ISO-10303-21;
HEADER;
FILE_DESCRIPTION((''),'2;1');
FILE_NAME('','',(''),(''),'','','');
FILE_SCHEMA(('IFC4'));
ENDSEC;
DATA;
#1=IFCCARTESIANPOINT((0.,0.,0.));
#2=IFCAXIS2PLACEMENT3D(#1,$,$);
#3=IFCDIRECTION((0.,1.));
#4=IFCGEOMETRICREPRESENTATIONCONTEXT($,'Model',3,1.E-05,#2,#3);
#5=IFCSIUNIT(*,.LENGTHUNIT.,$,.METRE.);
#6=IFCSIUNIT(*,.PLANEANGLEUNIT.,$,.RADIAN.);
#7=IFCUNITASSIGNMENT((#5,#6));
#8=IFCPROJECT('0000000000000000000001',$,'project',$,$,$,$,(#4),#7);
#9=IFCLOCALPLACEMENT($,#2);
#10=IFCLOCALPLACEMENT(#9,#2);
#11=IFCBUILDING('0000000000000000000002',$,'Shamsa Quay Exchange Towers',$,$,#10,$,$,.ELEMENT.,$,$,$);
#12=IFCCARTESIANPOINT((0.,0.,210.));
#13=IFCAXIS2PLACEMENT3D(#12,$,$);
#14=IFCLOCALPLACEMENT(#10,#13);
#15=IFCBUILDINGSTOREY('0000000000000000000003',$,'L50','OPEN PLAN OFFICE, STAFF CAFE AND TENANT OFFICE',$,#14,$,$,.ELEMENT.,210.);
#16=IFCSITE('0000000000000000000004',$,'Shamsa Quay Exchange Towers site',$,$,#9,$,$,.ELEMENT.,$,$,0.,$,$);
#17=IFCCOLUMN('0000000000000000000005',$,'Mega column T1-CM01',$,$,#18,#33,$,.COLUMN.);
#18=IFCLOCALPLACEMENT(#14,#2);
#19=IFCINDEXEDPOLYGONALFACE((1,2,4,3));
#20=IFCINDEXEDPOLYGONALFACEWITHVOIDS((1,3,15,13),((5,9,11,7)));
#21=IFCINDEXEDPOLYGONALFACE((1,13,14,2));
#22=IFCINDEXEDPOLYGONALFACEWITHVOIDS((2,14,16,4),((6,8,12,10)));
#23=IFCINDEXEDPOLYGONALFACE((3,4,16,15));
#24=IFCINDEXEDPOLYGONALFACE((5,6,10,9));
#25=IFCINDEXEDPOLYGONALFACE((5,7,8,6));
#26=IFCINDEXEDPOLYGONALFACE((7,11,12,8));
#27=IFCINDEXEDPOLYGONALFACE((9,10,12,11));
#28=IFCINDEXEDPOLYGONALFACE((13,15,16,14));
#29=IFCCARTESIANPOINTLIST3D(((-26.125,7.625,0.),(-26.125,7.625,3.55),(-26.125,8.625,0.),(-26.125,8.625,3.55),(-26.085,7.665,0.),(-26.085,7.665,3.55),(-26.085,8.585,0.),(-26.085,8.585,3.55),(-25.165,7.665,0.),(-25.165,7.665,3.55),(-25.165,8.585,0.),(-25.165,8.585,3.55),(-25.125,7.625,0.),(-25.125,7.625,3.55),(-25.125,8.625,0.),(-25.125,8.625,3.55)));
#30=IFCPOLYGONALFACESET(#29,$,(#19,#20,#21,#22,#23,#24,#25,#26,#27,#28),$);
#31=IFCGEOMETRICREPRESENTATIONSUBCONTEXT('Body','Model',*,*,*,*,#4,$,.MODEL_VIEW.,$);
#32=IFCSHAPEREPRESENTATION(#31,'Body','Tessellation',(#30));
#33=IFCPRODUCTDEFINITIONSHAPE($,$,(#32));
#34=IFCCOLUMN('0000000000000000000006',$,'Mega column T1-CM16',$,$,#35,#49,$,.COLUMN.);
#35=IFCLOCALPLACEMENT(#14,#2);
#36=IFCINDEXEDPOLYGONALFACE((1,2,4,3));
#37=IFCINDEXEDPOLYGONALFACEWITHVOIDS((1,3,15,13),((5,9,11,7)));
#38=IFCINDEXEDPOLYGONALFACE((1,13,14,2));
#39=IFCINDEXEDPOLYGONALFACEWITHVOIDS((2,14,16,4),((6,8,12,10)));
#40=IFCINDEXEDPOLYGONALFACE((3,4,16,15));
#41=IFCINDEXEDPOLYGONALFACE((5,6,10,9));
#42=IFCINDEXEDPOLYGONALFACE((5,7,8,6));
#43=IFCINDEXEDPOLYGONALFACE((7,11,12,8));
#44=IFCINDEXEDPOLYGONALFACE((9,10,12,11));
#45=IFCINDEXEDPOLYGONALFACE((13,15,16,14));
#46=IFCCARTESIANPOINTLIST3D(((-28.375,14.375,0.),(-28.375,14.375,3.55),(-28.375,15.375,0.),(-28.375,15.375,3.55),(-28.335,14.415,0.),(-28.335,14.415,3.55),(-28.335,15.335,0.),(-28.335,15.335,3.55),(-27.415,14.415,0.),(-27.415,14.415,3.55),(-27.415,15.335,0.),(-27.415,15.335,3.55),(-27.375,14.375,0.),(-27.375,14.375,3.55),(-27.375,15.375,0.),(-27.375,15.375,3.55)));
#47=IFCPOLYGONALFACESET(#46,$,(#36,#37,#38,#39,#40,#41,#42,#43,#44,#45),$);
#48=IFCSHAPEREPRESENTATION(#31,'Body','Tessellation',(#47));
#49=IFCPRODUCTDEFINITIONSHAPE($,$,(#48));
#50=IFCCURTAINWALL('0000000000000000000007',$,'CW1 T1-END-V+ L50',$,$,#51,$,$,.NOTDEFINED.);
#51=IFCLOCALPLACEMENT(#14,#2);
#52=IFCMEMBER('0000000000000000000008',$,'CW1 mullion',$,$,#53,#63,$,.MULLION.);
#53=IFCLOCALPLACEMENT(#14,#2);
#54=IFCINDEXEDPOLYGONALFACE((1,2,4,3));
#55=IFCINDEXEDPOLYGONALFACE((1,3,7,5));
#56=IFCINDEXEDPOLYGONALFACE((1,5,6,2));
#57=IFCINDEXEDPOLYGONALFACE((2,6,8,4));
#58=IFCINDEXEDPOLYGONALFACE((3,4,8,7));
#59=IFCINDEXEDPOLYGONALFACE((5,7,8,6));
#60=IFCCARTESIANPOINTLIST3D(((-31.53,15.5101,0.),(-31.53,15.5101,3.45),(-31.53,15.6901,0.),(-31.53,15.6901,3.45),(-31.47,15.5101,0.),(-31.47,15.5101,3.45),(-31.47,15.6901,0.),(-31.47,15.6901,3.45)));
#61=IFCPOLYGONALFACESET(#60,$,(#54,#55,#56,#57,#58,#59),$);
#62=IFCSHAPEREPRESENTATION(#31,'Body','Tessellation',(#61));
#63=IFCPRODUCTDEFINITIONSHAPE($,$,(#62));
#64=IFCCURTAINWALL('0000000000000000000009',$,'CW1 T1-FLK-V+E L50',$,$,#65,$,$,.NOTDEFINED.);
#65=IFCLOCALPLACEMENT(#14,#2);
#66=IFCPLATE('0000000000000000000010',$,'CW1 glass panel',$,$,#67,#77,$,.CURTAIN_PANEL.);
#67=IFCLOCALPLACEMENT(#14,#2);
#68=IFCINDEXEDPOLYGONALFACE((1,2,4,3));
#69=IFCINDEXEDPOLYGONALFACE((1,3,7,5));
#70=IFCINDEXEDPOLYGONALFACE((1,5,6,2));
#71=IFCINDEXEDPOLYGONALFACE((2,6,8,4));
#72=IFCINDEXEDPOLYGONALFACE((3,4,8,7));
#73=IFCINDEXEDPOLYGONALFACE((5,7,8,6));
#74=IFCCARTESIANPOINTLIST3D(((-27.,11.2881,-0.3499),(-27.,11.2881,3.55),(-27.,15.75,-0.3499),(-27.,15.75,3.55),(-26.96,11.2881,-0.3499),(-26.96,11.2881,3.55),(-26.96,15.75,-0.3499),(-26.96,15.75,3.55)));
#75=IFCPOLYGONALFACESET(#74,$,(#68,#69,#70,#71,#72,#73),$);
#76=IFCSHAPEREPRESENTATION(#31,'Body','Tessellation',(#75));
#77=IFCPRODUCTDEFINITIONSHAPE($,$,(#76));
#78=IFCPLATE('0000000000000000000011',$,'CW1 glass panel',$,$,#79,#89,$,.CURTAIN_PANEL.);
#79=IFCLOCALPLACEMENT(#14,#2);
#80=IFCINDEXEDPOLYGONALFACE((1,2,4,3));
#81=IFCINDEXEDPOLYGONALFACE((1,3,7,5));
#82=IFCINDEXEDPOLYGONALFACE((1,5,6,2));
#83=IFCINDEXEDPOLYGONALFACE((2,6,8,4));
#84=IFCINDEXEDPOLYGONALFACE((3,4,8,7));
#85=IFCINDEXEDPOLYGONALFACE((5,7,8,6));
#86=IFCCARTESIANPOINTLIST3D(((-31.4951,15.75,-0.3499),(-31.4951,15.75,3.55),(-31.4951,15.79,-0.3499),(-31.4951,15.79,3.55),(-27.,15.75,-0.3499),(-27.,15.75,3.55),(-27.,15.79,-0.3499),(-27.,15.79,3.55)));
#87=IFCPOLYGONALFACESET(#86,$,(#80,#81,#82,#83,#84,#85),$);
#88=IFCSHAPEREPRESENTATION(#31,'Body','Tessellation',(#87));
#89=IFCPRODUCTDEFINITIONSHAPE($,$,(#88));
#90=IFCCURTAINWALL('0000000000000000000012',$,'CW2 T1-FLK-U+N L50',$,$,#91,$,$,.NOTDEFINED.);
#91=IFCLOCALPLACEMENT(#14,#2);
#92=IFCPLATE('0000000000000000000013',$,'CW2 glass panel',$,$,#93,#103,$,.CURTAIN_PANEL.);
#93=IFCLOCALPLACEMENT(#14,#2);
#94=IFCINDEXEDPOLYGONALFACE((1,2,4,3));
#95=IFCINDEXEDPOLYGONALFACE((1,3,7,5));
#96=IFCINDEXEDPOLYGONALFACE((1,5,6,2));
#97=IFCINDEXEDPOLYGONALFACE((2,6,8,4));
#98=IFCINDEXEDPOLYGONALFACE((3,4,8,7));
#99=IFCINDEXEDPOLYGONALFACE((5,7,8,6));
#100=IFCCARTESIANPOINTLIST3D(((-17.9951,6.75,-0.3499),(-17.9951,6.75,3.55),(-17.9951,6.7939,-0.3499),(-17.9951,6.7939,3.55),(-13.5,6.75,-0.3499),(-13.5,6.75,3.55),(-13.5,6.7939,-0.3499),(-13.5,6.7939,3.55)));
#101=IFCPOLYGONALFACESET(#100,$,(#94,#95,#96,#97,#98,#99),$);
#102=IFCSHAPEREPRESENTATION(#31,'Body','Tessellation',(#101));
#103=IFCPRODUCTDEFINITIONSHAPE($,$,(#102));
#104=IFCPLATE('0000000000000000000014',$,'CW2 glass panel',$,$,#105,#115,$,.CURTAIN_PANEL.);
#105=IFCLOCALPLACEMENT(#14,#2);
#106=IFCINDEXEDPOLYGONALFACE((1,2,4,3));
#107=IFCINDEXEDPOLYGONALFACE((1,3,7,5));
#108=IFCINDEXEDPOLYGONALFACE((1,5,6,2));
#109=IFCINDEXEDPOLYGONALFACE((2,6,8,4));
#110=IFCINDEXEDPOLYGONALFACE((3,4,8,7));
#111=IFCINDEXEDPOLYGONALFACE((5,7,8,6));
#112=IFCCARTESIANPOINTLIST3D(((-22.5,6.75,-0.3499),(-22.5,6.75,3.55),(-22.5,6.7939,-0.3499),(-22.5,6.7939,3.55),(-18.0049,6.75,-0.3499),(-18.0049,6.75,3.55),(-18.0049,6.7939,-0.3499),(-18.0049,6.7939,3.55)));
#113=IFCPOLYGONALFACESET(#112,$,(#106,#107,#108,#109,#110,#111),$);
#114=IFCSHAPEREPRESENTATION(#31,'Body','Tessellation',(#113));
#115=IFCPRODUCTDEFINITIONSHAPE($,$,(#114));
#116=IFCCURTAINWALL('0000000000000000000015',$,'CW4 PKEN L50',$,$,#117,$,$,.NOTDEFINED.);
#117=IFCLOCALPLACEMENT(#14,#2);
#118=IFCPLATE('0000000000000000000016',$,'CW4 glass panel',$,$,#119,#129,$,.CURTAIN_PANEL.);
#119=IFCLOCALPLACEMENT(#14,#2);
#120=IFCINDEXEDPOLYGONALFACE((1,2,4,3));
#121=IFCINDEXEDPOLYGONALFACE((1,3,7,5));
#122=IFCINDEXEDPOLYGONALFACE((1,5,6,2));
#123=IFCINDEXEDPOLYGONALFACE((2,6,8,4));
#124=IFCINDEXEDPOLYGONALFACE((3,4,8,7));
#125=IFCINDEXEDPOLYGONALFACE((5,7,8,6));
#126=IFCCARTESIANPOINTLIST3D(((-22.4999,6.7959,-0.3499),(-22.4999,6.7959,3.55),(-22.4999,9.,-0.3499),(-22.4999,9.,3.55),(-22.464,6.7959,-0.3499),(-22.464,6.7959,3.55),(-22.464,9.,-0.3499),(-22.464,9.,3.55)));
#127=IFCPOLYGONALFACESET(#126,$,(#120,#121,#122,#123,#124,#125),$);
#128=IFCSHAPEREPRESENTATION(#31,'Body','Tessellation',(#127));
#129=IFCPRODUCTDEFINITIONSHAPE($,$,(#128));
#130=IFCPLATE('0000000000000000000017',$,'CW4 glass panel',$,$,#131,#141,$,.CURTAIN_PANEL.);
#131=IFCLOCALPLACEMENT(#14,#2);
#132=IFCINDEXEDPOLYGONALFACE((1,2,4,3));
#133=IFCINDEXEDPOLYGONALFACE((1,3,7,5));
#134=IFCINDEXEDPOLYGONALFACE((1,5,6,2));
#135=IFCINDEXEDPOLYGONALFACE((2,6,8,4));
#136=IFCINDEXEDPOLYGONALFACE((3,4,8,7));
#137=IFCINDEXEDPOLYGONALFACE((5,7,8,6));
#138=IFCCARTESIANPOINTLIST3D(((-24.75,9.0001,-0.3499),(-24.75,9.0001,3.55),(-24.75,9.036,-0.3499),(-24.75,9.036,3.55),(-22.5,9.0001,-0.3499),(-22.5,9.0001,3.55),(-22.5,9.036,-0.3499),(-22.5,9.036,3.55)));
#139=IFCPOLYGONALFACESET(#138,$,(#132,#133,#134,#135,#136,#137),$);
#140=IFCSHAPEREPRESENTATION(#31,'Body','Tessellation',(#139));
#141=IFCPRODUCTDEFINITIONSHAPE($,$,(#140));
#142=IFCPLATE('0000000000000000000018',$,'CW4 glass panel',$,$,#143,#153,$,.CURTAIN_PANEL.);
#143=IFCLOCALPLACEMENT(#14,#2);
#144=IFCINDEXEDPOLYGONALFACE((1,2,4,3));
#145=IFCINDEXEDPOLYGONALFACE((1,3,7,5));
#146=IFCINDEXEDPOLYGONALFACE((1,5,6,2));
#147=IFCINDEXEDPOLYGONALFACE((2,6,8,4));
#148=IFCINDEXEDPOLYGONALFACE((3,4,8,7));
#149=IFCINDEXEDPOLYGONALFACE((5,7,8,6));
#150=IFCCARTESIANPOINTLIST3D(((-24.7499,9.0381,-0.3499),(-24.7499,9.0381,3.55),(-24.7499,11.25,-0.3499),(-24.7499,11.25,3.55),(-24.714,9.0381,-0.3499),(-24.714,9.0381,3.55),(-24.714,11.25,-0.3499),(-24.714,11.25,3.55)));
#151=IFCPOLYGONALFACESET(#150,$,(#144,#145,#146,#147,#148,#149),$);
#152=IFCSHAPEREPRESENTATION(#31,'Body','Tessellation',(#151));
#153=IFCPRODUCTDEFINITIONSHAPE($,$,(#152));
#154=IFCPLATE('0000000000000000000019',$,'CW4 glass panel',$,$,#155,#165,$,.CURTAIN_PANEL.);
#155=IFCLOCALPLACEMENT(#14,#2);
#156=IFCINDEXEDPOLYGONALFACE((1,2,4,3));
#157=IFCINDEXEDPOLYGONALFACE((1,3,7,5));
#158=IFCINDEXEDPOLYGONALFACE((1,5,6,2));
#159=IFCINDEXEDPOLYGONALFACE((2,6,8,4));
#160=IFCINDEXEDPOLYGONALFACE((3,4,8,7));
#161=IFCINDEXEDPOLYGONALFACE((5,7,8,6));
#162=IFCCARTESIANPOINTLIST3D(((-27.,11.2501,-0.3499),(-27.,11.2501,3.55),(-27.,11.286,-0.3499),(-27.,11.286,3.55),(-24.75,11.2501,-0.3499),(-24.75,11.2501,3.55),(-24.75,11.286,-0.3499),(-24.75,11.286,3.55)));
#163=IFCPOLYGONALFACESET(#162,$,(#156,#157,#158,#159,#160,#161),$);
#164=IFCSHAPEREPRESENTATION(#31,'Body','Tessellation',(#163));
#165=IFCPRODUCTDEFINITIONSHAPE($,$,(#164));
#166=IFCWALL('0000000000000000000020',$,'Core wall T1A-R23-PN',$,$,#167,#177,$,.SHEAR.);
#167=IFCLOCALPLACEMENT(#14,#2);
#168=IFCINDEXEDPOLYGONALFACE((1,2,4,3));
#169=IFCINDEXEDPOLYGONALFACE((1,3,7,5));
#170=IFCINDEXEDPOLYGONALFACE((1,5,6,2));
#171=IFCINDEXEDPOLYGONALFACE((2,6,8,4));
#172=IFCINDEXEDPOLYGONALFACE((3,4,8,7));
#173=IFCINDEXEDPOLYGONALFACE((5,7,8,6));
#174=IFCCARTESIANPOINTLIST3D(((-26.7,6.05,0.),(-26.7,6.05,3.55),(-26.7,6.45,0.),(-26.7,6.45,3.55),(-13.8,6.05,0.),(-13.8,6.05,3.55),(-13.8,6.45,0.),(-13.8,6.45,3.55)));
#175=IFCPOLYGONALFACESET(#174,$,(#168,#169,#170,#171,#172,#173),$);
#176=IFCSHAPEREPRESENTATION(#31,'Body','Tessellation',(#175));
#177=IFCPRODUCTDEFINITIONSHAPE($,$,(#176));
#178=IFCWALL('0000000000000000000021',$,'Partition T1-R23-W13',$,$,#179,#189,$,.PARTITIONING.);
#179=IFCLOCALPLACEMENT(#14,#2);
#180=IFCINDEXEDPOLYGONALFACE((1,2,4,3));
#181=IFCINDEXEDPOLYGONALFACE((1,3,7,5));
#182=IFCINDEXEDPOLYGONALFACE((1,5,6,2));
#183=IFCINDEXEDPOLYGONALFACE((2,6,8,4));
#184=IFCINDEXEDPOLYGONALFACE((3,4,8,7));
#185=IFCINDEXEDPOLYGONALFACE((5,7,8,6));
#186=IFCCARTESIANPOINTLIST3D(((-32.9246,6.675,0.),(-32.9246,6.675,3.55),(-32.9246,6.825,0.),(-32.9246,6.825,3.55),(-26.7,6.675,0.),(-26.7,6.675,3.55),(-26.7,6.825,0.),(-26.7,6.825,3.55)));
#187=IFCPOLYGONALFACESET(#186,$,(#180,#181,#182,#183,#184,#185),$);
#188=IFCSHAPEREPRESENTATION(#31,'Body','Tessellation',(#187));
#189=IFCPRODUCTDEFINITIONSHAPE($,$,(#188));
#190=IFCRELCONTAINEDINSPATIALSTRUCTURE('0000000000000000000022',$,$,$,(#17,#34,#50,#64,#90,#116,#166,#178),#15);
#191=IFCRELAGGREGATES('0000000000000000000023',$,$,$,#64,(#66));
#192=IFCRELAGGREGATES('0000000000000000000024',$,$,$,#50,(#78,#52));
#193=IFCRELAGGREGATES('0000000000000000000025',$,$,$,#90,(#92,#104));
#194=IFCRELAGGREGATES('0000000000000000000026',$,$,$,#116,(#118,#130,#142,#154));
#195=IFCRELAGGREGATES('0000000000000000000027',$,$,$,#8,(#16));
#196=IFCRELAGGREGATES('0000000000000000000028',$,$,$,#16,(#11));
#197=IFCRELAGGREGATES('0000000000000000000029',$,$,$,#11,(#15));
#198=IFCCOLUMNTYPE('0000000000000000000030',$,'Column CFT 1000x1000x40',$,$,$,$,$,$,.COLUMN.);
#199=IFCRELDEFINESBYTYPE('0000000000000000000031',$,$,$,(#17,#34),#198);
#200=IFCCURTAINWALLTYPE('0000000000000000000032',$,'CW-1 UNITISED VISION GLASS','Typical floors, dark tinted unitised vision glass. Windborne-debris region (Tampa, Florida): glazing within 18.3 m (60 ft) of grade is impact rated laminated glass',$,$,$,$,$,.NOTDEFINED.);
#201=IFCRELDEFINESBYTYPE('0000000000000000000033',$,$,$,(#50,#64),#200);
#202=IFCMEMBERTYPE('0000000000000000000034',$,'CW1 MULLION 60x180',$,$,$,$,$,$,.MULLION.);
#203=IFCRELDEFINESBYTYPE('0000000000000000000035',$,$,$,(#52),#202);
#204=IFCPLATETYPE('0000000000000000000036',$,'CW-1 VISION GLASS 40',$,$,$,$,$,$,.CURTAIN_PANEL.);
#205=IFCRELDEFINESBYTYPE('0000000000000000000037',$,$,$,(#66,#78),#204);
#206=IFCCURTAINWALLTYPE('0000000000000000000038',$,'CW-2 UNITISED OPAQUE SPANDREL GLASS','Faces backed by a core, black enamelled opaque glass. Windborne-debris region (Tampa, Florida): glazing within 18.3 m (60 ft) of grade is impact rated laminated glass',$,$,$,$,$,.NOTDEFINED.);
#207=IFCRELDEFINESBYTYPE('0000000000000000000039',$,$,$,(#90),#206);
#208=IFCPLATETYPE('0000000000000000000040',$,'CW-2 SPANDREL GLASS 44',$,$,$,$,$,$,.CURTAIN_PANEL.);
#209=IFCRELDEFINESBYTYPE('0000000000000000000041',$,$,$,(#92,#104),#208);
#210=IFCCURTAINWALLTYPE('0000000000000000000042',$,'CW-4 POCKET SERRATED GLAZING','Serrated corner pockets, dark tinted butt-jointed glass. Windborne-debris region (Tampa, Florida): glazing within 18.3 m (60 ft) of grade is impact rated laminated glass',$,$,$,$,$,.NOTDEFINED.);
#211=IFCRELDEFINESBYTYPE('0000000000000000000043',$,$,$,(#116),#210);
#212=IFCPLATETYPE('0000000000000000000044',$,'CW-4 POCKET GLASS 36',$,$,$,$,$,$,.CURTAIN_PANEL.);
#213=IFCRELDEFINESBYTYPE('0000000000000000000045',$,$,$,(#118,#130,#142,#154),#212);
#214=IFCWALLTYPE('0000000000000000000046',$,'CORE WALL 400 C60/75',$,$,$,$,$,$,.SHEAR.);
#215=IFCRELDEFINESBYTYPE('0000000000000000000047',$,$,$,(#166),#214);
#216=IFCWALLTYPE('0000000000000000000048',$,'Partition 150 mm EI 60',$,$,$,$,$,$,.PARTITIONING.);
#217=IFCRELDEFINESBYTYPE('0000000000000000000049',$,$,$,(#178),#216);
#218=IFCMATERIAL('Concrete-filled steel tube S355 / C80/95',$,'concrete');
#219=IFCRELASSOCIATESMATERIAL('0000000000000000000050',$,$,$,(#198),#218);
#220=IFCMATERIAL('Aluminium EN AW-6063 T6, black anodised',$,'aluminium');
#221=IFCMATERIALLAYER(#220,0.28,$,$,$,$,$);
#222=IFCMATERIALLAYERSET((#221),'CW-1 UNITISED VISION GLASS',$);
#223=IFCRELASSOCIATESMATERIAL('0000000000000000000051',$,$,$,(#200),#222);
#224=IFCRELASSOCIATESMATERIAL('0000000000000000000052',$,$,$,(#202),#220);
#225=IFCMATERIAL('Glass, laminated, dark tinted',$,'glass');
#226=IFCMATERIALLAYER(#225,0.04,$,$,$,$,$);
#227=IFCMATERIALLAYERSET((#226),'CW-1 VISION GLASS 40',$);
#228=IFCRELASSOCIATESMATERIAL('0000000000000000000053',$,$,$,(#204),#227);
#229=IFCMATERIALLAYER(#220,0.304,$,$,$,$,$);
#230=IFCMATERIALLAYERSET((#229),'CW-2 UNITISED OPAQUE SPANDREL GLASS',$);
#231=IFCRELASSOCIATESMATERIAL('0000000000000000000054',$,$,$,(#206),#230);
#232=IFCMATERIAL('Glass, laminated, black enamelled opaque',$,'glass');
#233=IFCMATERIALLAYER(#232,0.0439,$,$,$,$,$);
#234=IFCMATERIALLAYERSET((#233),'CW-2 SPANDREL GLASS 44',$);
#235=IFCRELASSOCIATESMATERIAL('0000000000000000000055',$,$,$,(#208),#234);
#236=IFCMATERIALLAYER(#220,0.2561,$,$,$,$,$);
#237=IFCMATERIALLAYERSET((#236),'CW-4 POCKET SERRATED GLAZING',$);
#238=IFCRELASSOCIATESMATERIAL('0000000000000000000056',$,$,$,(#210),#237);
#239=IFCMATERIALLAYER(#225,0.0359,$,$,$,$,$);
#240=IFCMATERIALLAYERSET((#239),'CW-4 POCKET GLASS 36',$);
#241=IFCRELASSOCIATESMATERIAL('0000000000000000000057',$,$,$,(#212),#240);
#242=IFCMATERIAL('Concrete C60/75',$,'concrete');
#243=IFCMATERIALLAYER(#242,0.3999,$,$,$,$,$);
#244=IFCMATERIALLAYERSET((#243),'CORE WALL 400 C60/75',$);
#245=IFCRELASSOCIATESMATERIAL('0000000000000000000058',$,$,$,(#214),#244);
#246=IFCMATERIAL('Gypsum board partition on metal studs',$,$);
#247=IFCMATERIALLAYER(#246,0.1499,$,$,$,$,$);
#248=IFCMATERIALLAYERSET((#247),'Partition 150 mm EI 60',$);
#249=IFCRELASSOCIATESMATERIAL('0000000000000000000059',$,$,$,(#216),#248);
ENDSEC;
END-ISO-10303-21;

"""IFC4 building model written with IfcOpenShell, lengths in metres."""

from ifc_helpers import new_model, si_unit, direction, frame, frame_2d, origin, origin_2d, place, context, subcontext, project, spatial, rectangle, hollow_rectangle, extrude, material, layer, layer_set, material_profile, profile_set, type_object, element, aggregate, save


model = new_model("IFC4")

# Units and contexts
model_context = context("Model", 3, precision=1e-05, world=origin(), true_north=direction((0.0, 1.0)))
body_context = subcontext(model_context, "Body", "Model", "MODEL_VIEW")
ifc_project = project(units=[si_unit("LENGTHUNIT", "METRE"), si_unit("PLANEANGLEUNIT", "RADIAN")], contexts=[model_context])

# Site, building, storey
site_placement = place(None, origin())
site = spatial("IfcSite", under=ifc_project, at=site_placement, Name="Shamsa Quay Exchange Towers site", CompositionType="ELEMENT", RefElevation=0.0)
building_placement = place(site_placement, origin())
building = spatial("IfcBuilding", under=site, at=building_placement, Name="Shamsa Quay Exchange Towers", CompositionType="ELEMENT")
storey_placement = place(building_placement, frame((0.0, 0.0, 210.0)))
storey = spatial("IfcBuildingStorey", under=building, at=storey_placement, Name="L50", Description="OPEN PLAN OFFICE, STAFF CAFE AND TENANT OFFICE", CompositionType="ELEMENT", Elevation=210.0)

# Columns
ifc_material_1 = material(Name="Concrete-filled steel tube S355 / C80/95", Category="concrete")
ifc_material_profile_1 = material_profile(ifc_material_1, hollow_rectangle(XDim=1.0, YDim=1.0, WallThickness=0.04, at=origin_2d()), Name="CFT 1000x1000x40")
ifc_profile_set_1 = profile_set([ifc_material_profile_1], Name="Concrete-filled steel tube S355 / C80/95")
column_type = type_object("IfcColumnType", Name="Column CFT 1000x1000x40", PredefinedType="COLUMN", material=ifc_profile_set_1)
for number, where, name in (
    (1, (-25.625, 8.125, 0.0), "Mega column T1-CM01"),
    (2, (-27.875, 14.875, 0.0), "Mega column T1-CM16"),
):
    element("IfcColumn", number, at=place(storey_placement, frame(where)), inside=storey, type_object=column_type, Name=name, PredefinedType="COLUMN", context=body_context, shape_type="SweptSolid", body=[
        extrude(hollow_rectangle(XDim=1.0, YDim=1.0, WallThickness=0.04, at=origin_2d()), origin(), (0.0, 0.0, 1.0), 3.55),
    ])

# Curtain wall, member
ifc_material_2 = material(Name="Aluminium EN AW-6063 T6, black anodised", Category="aluminium")
ifc_layer_1 = layer(ifc_material_2, 0.28)
ifc_layer_set_1 = layer_set([ifc_layer_1], Name="CW-1 UNITISED VISION GLASS")
curtain_wall_type_1 = type_object("IfcCurtainWallType", Name="CW-1 UNITISED VISION GLASS", Description="Typical floors, dark tinted unitised vision glass. Windborne-debris region (Tampa, Florida): glazing within 18.3 m (60 ft) of grade is impact rated laminated glass", PredefinedType="NOTDEFINED", material=ifc_layer_set_1)
curtain_wall_1_placement = place(storey_placement, origin())
curtain_wall_1 = element("IfcCurtainWall", 3, at=curtain_wall_1_placement, inside=storey, type_object=curtain_wall_type_1, Name="CW1 T1-END-V+ L50", PredefinedType="NOTDEFINED")
ifc_material_profile_2 = material_profile(ifc_material_2, rectangle(XDim=0.1799, YDim=0.0601, at=origin_2d()), Name="MU60x180")
ifc_profile_set_2 = profile_set([ifc_material_profile_2], Name="Aluminium EN AW-6063 T6, black anodised")
member_type = type_object("IfcMemberType", Name="CW1 MULLION 60x180", PredefinedType="MULLION", material=ifc_profile_set_2)
member_placement = place(storey_placement, frame((-31.5, 15.6001, 0.0), z_axis=(0.0, 0.0, 1.0), x_axis=(0.0, -1.0, 0.0)))
member = element("IfcMember", 4, at=member_placement, type_object=member_type, Name="CW1 mullion", PredefinedType="MULLION", context=body_context, shape_type="SweptSolid", body=[
    extrude(rectangle(XDim=0.1799, YDim=0.0601, at=origin_2d()), origin(), (0.0, 0.0, 1.0), 3.45),
])

# Curtain wall, plate
curtain_wall_2_placement = place(storey_placement, origin())
curtain_wall_2 = element("IfcCurtainWall", 5, at=curtain_wall_2_placement, inside=storey, type_object=curtain_wall_type_1, Name="CW1 T1-FLK-V+E L50", PredefinedType="NOTDEFINED")
ifc_material_3 = material(Name="Glass, laminated, dark tinted", Category="glass")
ifc_layer_2 = layer(ifc_material_3, 0.04)
ifc_layer_set_2 = layer_set([ifc_layer_2], Name="CW-1 VISION GLASS 40")
plate_type_1 = type_object("IfcPlateType", Name="CW-1 VISION GLASS 40", PredefinedType="CURTAIN_PANEL", material=ifc_layer_set_2)
plate_1_placement = place(storey_placement, frame((-26.98, 13.519, -0.3499), z_axis=(0.0, 0.0, 1.0), x_axis=(0.0, 1.0, 0.0)))
plate_1 = element("IfcPlate", 6, at=plate_1_placement, type_object=plate_type_1, Name="CW1 glass panel", PredefinedType="CURTAIN_PANEL", context=body_context, shape_type="SweptSolid", body=[
    extrude(rectangle(XDim=4.4619, YDim=0.04, at=origin_2d()), origin(), (0.0, 0.0, 1.0), 3.8999),
])
aggregate(curtain_wall_2, [plate_1])

# Plate
plate_2_placement = place(storey_placement, frame((-29.2476, 15.77, -0.3499), z_axis=(0.0, 0.0, 1.0), x_axis=(-1.0, 0.0, 0.0)))
plate_2 = element("IfcPlate", 7, at=plate_2_placement, type_object=plate_type_1, Name="CW1 glass panel", PredefinedType="CURTAIN_PANEL", context=body_context, shape_type="SweptSolid", body=[
    extrude(rectangle(XDim=4.4951, YDim=0.04, at=origin_2d()), origin(), (0.0, 0.0, 1.0), 3.8999),
])
aggregate(curtain_wall_1, [plate_2, member])

# Curtain walls, plates
ifc_layer_3 = layer(ifc_material_2, 0.304)
ifc_layer_set_3 = layer_set([ifc_layer_3], Name="CW-2 UNITISED OPAQUE SPANDREL GLASS")
curtain_wall_type_2 = type_object("IfcCurtainWallType", Name="CW-2 UNITISED OPAQUE SPANDREL GLASS", Description="Faces backed by a core, black enamelled opaque glass. Windborne-debris region (Tampa, Florida): glazing within 18.3 m (60 ft) of grade is impact rated laminated glass", PredefinedType="NOTDEFINED", material=ifc_layer_set_3)
curtain_wall_3_placement = place(storey_placement, origin())
curtain_wall_3 = element("IfcCurtainWall", 8, at=curtain_wall_3_placement, inside=storey, type_object=curtain_wall_type_2, Name="CW2 T1-FLK-U+N L50", PredefinedType="NOTDEFINED")
ifc_material_4 = material(Name="Glass, laminated, black enamelled opaque", Category="glass")
ifc_layer_4 = layer(ifc_material_4, 0.0439)
ifc_layer_set_4 = layer_set([ifc_layer_4], Name="CW-2 SPANDREL GLASS 44")
plate_type_2 = type_object("IfcPlateType", Name="CW-2 SPANDREL GLASS 44", PredefinedType="CURTAIN_PANEL", material=ifc_layer_set_4)
plate_3_placement = place(storey_placement, frame((-15.7476, 6.772, -0.3499), z_axis=(0.0, 0.0, 1.0), x_axis=(-1.0, 0.0, 0.0)))
plate_3 = element("IfcPlate", 9, at=plate_3_placement, type_object=plate_type_2, Name="CW2 glass panel", PredefinedType="CURTAIN_PANEL", context=body_context, shape_type="SweptSolid", body=[
    extrude(rectangle(XDim=4.4951, YDim=0.0439, at=origin_2d()), origin(), (0.0, 0.0, 1.0), 3.8999),
])
plate_4_placement = place(storey_placement, frame((-20.2524, 6.772, -0.3499), z_axis=(0.0, 0.0, 1.0), x_axis=(-1.0, 0.0, 0.0)))
plate_4 = element("IfcPlate", 10, at=plate_4_placement, type_object=plate_type_2, Name="CW2 glass panel", PredefinedType="CURTAIN_PANEL", context=body_context, shape_type="SweptSolid", body=[
    extrude(rectangle(XDim=4.4951, YDim=0.0439, at=origin_2d()), origin(), (0.0, 0.0, 1.0), 3.8999),
])
aggregate(curtain_wall_3, [plate_3, plate_4])
ifc_layer_5 = layer(ifc_material_2, 0.2561)
ifc_layer_set_5 = layer_set([ifc_layer_5], Name="CW-4 POCKET SERRATED GLAZING")
curtain_wall_type_3 = type_object("IfcCurtainWallType", Name="CW-4 POCKET SERRATED GLAZING", Description="Serrated corner pockets, dark tinted butt-jointed glass. Windborne-debris region (Tampa, Florida): glazing within 18.3 m (60 ft) of grade is impact rated laminated glass", PredefinedType="NOTDEFINED", material=ifc_layer_set_5)
curtain_wall_4_placement = place(storey_placement, origin())
curtain_wall_4 = element("IfcCurtainWall", 11, at=curtain_wall_4_placement, inside=storey, type_object=curtain_wall_type_3, Name="CW4 PKEN L50", PredefinedType="NOTDEFINED")
ifc_layer_6 = layer(ifc_material_3, 0.0359)
ifc_layer_set_6 = layer_set([ifc_layer_6], Name="CW-4 POCKET GLASS 36")
plate_type_3 = type_object("IfcPlateType", Name="CW-4 POCKET GLASS 36", PredefinedType="CURTAIN_PANEL", material=ifc_layer_set_6)
plate_5_placement = place(storey_placement, frame((-22.4819, 7.8979, -0.3499), z_axis=(0.0, 0.0, 1.0), x_axis=(0.0, 1.0, 0.0)))
plate_5 = element("IfcPlate", 12, at=plate_5_placement, type_object=plate_type_3, Name="CW4 glass panel", PredefinedType="CURTAIN_PANEL", context=body_context, shape_type="SweptSolid", body=[
    extrude(rectangle(XDim=2.2041, YDim=0.0359, at=origin_2d()), origin(), (0.0, 0.0, 1.0), 3.8999),
])
plate_6_placement = place(storey_placement, frame((-23.625, 9.0181, -0.3499), z_axis=(0.0, 0.0, 1.0), x_axis=(-1.0, 0.0, 0.0)))
plate_6 = element("IfcPlate", 13, at=plate_6_placement, type_object=plate_type_3, Name="CW4 glass panel", PredefinedType="CURTAIN_PANEL", context=body_context, shape_type="SweptSolid", body=[
    extrude(rectangle(XDim=2.25, YDim=0.0359, at=origin_2d()), origin(), (0.0, 0.0, 1.0), 3.8999),
])
plate_7_placement = place(storey_placement, frame((-24.7319, 10.144, -0.3499), z_axis=(0.0, 0.0, 1.0), x_axis=(0.0, 1.0, 0.0)))
plate_7 = element("IfcPlate", 14, at=plate_7_placement, type_object=plate_type_3, Name="CW4 glass panel", PredefinedType="CURTAIN_PANEL", context=body_context, shape_type="SweptSolid", body=[
    extrude(rectangle(XDim=2.2119, YDim=0.0359, at=origin_2d()), origin(), (0.0, 0.0, 1.0), 3.8999),
])
plate_8_placement = place(storey_placement, frame((-25.875, 11.2681, -0.3499), z_axis=(0.0, 0.0, 1.0), x_axis=(-1.0, 0.0, 0.0)))
plate_8 = element("IfcPlate", 15, at=plate_8_placement, type_object=plate_type_3, Name="CW4 glass panel", PredefinedType="CURTAIN_PANEL", context=body_context, shape_type="SweptSolid", body=[
    extrude(rectangle(XDim=2.25, YDim=0.0359, at=origin_2d()), origin(), (0.0, 0.0, 1.0), 3.8999),
])
aggregate(curtain_wall_4, [plate_5, plate_6, plate_7, plate_8])

# Wall
ifc_material_5 = material(Name="Concrete C60/75", Category="concrete")
ifc_layer_7 = layer(ifc_material_5, 0.3999)
ifc_layer_set_7 = layer_set([ifc_layer_7], Name="CORE WALL 400 C60/75")
wall_type_1 = type_object("IfcWallType", Name="CORE WALL 400 C60/75", PredefinedType="SHEAR", material=ifc_layer_set_7)
wall_1_placement = place(storey_placement, frame((-26.7, 6.25, 0.0)))
element("IfcWall", 16, at=wall_1_placement, inside=storey, type_object=wall_type_1, Name="Core wall T1A-R23-PN", PredefinedType="SHEAR", context=body_context, shape_type="SweptSolid", body=[
    extrude(rectangle(XDim=12.8999, YDim=0.3999, at=frame_2d((6.45, 0.0))), origin(), (0.0, 0.0, 1.0), 3.55),
])

# Wall
ifc_material_6 = material(Name="Gypsum board partition on metal studs")
ifc_layer_8 = layer(ifc_material_6, 0.1499)
ifc_layer_set_8 = layer_set([ifc_layer_8], Name="Partition 150 mm EI 60")
wall_type_2 = type_object("IfcWallType", Name="Partition 150 mm EI 60", PredefinedType="PARTITIONING", material=ifc_layer_set_8)
wall_2_placement = place(storey_placement, frame((-26.7, 6.75, 0.0), z_axis=(0.0, 0.0, 1.0), x_axis=(-1.0, 0.0, 0.0)))
element("IfcWall", 17, at=wall_2_placement, inside=storey, type_object=wall_type_2, Name="Partition T1-R23-W13", PredefinedType="PARTITIONING", context=body_context, shape_type="SweptSolid", body=[
    extrude(rectangle(XDim=6.2246, YDim=0.1499, at=frame_2d((3.1123, 0.0))), origin(), (0.0, 0.0, 1.0), 3.55),
])

save(model, "model.ifc")
